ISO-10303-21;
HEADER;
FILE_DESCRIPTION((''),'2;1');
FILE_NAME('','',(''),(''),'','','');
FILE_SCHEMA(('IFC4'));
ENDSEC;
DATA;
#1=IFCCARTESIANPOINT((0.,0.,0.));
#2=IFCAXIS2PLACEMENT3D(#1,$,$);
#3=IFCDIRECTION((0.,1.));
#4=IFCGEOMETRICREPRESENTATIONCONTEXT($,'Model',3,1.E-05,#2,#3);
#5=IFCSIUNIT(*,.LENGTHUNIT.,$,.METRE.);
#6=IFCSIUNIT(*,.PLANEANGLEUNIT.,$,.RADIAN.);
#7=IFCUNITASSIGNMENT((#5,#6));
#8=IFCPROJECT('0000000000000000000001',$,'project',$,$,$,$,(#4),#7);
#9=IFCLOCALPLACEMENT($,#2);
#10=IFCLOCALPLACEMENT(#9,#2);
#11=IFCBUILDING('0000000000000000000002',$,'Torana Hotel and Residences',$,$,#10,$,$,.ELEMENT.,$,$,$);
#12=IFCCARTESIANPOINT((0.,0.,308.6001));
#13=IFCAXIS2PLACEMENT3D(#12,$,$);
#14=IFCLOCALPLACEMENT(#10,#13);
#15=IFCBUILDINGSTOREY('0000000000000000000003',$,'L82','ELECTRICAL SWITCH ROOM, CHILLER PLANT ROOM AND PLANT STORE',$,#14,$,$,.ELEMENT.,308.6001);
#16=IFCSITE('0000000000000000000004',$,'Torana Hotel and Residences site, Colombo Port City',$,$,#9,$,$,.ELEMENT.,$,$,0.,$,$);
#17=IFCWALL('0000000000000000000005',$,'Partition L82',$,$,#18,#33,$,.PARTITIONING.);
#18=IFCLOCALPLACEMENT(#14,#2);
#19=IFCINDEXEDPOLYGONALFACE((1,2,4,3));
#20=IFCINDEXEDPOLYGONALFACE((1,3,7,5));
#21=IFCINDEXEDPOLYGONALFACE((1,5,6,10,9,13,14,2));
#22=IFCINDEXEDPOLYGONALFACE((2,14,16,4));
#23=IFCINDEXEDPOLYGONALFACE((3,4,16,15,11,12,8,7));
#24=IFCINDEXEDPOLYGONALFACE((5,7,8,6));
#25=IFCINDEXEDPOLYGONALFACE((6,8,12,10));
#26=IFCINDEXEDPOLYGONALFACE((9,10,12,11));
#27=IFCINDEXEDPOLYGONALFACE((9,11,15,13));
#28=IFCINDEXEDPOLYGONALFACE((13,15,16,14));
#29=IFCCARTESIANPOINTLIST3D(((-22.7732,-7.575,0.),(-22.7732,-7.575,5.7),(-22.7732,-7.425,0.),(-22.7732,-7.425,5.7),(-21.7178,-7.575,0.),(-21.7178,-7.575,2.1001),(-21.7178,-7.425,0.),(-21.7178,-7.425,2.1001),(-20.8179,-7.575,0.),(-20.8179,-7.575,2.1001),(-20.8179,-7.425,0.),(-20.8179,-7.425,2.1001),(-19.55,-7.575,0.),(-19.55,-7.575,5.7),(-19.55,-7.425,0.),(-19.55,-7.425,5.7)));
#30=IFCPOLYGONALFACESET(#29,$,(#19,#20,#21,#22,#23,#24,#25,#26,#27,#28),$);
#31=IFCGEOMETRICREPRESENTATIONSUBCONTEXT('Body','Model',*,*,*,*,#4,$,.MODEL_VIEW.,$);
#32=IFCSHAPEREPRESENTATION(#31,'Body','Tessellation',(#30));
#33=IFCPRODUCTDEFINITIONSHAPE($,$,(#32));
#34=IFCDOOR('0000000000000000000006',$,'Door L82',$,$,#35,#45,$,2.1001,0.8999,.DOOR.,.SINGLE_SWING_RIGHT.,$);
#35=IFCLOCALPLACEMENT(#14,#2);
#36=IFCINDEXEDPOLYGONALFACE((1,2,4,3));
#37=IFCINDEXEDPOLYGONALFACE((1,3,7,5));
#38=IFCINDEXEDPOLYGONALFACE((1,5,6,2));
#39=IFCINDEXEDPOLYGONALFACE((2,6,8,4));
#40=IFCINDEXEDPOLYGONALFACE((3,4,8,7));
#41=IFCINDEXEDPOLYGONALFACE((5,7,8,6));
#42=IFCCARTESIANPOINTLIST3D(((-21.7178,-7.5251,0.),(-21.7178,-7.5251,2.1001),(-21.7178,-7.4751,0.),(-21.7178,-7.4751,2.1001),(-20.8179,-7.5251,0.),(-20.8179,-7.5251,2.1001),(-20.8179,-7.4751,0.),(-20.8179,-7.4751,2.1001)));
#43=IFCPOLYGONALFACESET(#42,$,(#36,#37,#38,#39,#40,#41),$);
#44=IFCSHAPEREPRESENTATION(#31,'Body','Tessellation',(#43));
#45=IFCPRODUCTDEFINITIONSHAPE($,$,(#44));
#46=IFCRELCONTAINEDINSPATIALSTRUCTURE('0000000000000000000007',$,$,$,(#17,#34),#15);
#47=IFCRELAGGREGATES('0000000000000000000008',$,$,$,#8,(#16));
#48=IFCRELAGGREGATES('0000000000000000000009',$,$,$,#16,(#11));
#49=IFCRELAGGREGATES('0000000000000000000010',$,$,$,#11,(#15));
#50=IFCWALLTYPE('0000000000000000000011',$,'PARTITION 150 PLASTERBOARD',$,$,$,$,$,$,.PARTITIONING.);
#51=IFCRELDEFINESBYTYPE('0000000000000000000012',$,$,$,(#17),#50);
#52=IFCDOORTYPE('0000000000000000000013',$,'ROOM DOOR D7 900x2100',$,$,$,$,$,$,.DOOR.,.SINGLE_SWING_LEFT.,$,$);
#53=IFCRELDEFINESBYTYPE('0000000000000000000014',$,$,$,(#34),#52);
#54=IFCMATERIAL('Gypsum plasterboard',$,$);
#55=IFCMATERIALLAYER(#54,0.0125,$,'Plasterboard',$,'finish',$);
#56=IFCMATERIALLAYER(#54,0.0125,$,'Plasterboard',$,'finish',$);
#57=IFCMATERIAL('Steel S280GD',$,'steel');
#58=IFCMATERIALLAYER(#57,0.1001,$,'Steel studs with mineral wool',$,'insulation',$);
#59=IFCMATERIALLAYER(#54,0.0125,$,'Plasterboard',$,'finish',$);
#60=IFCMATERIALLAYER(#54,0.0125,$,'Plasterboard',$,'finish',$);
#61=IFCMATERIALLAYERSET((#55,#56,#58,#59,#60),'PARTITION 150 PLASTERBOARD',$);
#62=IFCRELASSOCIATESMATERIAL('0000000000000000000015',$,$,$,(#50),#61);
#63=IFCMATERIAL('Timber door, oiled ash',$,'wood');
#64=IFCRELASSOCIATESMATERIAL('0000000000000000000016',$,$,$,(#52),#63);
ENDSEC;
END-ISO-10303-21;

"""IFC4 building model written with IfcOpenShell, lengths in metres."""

from ifc_helpers import new_model, si_unit, direction, frame, frame_2d, origin, place, context, subcontext, project, spatial, rectangle, extrude, material, layer, layer_set, type_object, element, fill, save


model = new_model("IFC4")

# Units and contexts
model_context = context("Model", 3, precision=1e-05, world=origin(), true_north=direction((0.0, 1.0)))
body_context = subcontext(model_context, "Body", "Model", "MODEL_VIEW")
ifc_project = project(units=[si_unit("LENGTHUNIT", "METRE"), si_unit("PLANEANGLEUNIT", "RADIAN")], contexts=[model_context])

# Site, building, storey
site_placement = place(None, origin())
site = spatial("IfcSite", under=ifc_project, at=site_placement, Name="Torana Hotel and Residences site, Colombo Port City", CompositionType="ELEMENT", RefElevation=0.0)
building_placement = place(site_placement, origin())
building = spatial("IfcBuilding", under=site, at=building_placement, Name="Torana Hotel and Residences", CompositionType="ELEMENT")
storey_placement = place(building_placement, frame((0.0, 0.0, 308.6001)))
storey = spatial("IfcBuildingStorey", under=building, at=storey_placement, Name="L82", Description="ELECTRICAL SWITCH ROOM, CHILLER PLANT ROOM AND PLANT STORE", CompositionType="ELEMENT", Elevation=308.6001)

# Shared definitions
ifc_material_1 = material(Name="Gypsum plasterboard")
ifc_layer_1 = layer(ifc_material_1, 0.0125, Name="Plasterboard", Category="finish")
ifc_layer_2 = layer(ifc_material_1, 0.0125, Name="Plasterboard", Category="finish")
ifc_material_2 = material(Name="Steel S280GD", Category="steel")
ifc_layer_3 = layer(ifc_material_2, 0.1001, Name="Steel studs with mineral wool", Category="insulation")
ifc_layer_4 = layer(ifc_material_1, 0.0125, Name="Plasterboard", Category="finish")
ifc_layer_5 = layer(ifc_material_1, 0.0125, Name="Plasterboard", Category="finish")
ifc_layer_set_1 = layer_set([ifc_layer_1, ifc_layer_2, ifc_layer_3, ifc_layer_4, ifc_layer_5], Name="PARTITION 150 PLASTERBOARD")
wall_type_1 = type_object("IfcWallType", Name="PARTITION 150 PLASTERBOARD", PredefinedType="PARTITIONING", material=ifc_layer_set_1)

# Wall, opening, door
wall_1_placement = place(storey_placement, frame((-22.7732, -7.5, 0.0), z_axis=(0.0, 0.0, 1.0), x_axis=(1.0, 0.0, 0.0)))
wall_1 = element("IfcWall", 1, at=wall_1_placement, inside=storey, type_object=wall_type_1, Name="Partition L82", PredefinedType="PARTITIONING", context=body_context, shape_type="SweptSolid", body=[
    extrude(rectangle(XDim=3.2231, YDim=0.1499, at=frame_2d((1.6116, 0.0))), origin(), (0.0, 0.0, 1.0), 5.7),
])
opening_1_placement = place(wall_1_placement, frame((1.0554, 0.0, 0.0)))
opening_1 = element("IfcOpeningElement", 2, at=opening_1_placement, cuts=wall_1, PredefinedType="OPENING", context=body_context, shape_type="SweptSolid", body=[
    extrude(rectangle(XDim=0.8999, YDim=2.1001, at=frame_2d((0.45, 1.05))), frame((0.0, 0.085, 0.0), z_axis=(0.0, -1.0, 0.0), x_axis=(1.0, 0.0, 0.0)), (0.0, 0.0, 1.0), 0.1699),
])
ifc_material_3 = material(Name="Timber door, oiled ash", Category="wood")
door_type_1 = type_object("IfcDoorType", Name="ROOM DOOR D7 900x2100", OperationType="SINGLE_SWING_LEFT", PredefinedType="DOOR", material=ifc_material_3)
door_1_placement = place(opening_1_placement, origin())
door_1 = element("IfcDoor", 3, at=door_1_placement, inside=storey, type_object=door_type_1, Name="Door L82", OperationType="SINGLE_SWING_RIGHT", OverallHeight=2.1001, OverallWidth=0.8999, PredefinedType="DOOR", context=body_context, shape_type="SweptSolid", body=[
    extrude(rectangle(XDim=0.8999, YDim=2.1001, at=frame_2d((0.45, 1.05))), frame((0.0, 0.0249, 0.0), z_axis=(0.0, -1.0, 0.0), x_axis=(1.0, 0.0, 0.0)), (0.0, 0.0, 1.0), 0.05),
])
fill(opening_1, door_1)

save(model, "model.ifc")
